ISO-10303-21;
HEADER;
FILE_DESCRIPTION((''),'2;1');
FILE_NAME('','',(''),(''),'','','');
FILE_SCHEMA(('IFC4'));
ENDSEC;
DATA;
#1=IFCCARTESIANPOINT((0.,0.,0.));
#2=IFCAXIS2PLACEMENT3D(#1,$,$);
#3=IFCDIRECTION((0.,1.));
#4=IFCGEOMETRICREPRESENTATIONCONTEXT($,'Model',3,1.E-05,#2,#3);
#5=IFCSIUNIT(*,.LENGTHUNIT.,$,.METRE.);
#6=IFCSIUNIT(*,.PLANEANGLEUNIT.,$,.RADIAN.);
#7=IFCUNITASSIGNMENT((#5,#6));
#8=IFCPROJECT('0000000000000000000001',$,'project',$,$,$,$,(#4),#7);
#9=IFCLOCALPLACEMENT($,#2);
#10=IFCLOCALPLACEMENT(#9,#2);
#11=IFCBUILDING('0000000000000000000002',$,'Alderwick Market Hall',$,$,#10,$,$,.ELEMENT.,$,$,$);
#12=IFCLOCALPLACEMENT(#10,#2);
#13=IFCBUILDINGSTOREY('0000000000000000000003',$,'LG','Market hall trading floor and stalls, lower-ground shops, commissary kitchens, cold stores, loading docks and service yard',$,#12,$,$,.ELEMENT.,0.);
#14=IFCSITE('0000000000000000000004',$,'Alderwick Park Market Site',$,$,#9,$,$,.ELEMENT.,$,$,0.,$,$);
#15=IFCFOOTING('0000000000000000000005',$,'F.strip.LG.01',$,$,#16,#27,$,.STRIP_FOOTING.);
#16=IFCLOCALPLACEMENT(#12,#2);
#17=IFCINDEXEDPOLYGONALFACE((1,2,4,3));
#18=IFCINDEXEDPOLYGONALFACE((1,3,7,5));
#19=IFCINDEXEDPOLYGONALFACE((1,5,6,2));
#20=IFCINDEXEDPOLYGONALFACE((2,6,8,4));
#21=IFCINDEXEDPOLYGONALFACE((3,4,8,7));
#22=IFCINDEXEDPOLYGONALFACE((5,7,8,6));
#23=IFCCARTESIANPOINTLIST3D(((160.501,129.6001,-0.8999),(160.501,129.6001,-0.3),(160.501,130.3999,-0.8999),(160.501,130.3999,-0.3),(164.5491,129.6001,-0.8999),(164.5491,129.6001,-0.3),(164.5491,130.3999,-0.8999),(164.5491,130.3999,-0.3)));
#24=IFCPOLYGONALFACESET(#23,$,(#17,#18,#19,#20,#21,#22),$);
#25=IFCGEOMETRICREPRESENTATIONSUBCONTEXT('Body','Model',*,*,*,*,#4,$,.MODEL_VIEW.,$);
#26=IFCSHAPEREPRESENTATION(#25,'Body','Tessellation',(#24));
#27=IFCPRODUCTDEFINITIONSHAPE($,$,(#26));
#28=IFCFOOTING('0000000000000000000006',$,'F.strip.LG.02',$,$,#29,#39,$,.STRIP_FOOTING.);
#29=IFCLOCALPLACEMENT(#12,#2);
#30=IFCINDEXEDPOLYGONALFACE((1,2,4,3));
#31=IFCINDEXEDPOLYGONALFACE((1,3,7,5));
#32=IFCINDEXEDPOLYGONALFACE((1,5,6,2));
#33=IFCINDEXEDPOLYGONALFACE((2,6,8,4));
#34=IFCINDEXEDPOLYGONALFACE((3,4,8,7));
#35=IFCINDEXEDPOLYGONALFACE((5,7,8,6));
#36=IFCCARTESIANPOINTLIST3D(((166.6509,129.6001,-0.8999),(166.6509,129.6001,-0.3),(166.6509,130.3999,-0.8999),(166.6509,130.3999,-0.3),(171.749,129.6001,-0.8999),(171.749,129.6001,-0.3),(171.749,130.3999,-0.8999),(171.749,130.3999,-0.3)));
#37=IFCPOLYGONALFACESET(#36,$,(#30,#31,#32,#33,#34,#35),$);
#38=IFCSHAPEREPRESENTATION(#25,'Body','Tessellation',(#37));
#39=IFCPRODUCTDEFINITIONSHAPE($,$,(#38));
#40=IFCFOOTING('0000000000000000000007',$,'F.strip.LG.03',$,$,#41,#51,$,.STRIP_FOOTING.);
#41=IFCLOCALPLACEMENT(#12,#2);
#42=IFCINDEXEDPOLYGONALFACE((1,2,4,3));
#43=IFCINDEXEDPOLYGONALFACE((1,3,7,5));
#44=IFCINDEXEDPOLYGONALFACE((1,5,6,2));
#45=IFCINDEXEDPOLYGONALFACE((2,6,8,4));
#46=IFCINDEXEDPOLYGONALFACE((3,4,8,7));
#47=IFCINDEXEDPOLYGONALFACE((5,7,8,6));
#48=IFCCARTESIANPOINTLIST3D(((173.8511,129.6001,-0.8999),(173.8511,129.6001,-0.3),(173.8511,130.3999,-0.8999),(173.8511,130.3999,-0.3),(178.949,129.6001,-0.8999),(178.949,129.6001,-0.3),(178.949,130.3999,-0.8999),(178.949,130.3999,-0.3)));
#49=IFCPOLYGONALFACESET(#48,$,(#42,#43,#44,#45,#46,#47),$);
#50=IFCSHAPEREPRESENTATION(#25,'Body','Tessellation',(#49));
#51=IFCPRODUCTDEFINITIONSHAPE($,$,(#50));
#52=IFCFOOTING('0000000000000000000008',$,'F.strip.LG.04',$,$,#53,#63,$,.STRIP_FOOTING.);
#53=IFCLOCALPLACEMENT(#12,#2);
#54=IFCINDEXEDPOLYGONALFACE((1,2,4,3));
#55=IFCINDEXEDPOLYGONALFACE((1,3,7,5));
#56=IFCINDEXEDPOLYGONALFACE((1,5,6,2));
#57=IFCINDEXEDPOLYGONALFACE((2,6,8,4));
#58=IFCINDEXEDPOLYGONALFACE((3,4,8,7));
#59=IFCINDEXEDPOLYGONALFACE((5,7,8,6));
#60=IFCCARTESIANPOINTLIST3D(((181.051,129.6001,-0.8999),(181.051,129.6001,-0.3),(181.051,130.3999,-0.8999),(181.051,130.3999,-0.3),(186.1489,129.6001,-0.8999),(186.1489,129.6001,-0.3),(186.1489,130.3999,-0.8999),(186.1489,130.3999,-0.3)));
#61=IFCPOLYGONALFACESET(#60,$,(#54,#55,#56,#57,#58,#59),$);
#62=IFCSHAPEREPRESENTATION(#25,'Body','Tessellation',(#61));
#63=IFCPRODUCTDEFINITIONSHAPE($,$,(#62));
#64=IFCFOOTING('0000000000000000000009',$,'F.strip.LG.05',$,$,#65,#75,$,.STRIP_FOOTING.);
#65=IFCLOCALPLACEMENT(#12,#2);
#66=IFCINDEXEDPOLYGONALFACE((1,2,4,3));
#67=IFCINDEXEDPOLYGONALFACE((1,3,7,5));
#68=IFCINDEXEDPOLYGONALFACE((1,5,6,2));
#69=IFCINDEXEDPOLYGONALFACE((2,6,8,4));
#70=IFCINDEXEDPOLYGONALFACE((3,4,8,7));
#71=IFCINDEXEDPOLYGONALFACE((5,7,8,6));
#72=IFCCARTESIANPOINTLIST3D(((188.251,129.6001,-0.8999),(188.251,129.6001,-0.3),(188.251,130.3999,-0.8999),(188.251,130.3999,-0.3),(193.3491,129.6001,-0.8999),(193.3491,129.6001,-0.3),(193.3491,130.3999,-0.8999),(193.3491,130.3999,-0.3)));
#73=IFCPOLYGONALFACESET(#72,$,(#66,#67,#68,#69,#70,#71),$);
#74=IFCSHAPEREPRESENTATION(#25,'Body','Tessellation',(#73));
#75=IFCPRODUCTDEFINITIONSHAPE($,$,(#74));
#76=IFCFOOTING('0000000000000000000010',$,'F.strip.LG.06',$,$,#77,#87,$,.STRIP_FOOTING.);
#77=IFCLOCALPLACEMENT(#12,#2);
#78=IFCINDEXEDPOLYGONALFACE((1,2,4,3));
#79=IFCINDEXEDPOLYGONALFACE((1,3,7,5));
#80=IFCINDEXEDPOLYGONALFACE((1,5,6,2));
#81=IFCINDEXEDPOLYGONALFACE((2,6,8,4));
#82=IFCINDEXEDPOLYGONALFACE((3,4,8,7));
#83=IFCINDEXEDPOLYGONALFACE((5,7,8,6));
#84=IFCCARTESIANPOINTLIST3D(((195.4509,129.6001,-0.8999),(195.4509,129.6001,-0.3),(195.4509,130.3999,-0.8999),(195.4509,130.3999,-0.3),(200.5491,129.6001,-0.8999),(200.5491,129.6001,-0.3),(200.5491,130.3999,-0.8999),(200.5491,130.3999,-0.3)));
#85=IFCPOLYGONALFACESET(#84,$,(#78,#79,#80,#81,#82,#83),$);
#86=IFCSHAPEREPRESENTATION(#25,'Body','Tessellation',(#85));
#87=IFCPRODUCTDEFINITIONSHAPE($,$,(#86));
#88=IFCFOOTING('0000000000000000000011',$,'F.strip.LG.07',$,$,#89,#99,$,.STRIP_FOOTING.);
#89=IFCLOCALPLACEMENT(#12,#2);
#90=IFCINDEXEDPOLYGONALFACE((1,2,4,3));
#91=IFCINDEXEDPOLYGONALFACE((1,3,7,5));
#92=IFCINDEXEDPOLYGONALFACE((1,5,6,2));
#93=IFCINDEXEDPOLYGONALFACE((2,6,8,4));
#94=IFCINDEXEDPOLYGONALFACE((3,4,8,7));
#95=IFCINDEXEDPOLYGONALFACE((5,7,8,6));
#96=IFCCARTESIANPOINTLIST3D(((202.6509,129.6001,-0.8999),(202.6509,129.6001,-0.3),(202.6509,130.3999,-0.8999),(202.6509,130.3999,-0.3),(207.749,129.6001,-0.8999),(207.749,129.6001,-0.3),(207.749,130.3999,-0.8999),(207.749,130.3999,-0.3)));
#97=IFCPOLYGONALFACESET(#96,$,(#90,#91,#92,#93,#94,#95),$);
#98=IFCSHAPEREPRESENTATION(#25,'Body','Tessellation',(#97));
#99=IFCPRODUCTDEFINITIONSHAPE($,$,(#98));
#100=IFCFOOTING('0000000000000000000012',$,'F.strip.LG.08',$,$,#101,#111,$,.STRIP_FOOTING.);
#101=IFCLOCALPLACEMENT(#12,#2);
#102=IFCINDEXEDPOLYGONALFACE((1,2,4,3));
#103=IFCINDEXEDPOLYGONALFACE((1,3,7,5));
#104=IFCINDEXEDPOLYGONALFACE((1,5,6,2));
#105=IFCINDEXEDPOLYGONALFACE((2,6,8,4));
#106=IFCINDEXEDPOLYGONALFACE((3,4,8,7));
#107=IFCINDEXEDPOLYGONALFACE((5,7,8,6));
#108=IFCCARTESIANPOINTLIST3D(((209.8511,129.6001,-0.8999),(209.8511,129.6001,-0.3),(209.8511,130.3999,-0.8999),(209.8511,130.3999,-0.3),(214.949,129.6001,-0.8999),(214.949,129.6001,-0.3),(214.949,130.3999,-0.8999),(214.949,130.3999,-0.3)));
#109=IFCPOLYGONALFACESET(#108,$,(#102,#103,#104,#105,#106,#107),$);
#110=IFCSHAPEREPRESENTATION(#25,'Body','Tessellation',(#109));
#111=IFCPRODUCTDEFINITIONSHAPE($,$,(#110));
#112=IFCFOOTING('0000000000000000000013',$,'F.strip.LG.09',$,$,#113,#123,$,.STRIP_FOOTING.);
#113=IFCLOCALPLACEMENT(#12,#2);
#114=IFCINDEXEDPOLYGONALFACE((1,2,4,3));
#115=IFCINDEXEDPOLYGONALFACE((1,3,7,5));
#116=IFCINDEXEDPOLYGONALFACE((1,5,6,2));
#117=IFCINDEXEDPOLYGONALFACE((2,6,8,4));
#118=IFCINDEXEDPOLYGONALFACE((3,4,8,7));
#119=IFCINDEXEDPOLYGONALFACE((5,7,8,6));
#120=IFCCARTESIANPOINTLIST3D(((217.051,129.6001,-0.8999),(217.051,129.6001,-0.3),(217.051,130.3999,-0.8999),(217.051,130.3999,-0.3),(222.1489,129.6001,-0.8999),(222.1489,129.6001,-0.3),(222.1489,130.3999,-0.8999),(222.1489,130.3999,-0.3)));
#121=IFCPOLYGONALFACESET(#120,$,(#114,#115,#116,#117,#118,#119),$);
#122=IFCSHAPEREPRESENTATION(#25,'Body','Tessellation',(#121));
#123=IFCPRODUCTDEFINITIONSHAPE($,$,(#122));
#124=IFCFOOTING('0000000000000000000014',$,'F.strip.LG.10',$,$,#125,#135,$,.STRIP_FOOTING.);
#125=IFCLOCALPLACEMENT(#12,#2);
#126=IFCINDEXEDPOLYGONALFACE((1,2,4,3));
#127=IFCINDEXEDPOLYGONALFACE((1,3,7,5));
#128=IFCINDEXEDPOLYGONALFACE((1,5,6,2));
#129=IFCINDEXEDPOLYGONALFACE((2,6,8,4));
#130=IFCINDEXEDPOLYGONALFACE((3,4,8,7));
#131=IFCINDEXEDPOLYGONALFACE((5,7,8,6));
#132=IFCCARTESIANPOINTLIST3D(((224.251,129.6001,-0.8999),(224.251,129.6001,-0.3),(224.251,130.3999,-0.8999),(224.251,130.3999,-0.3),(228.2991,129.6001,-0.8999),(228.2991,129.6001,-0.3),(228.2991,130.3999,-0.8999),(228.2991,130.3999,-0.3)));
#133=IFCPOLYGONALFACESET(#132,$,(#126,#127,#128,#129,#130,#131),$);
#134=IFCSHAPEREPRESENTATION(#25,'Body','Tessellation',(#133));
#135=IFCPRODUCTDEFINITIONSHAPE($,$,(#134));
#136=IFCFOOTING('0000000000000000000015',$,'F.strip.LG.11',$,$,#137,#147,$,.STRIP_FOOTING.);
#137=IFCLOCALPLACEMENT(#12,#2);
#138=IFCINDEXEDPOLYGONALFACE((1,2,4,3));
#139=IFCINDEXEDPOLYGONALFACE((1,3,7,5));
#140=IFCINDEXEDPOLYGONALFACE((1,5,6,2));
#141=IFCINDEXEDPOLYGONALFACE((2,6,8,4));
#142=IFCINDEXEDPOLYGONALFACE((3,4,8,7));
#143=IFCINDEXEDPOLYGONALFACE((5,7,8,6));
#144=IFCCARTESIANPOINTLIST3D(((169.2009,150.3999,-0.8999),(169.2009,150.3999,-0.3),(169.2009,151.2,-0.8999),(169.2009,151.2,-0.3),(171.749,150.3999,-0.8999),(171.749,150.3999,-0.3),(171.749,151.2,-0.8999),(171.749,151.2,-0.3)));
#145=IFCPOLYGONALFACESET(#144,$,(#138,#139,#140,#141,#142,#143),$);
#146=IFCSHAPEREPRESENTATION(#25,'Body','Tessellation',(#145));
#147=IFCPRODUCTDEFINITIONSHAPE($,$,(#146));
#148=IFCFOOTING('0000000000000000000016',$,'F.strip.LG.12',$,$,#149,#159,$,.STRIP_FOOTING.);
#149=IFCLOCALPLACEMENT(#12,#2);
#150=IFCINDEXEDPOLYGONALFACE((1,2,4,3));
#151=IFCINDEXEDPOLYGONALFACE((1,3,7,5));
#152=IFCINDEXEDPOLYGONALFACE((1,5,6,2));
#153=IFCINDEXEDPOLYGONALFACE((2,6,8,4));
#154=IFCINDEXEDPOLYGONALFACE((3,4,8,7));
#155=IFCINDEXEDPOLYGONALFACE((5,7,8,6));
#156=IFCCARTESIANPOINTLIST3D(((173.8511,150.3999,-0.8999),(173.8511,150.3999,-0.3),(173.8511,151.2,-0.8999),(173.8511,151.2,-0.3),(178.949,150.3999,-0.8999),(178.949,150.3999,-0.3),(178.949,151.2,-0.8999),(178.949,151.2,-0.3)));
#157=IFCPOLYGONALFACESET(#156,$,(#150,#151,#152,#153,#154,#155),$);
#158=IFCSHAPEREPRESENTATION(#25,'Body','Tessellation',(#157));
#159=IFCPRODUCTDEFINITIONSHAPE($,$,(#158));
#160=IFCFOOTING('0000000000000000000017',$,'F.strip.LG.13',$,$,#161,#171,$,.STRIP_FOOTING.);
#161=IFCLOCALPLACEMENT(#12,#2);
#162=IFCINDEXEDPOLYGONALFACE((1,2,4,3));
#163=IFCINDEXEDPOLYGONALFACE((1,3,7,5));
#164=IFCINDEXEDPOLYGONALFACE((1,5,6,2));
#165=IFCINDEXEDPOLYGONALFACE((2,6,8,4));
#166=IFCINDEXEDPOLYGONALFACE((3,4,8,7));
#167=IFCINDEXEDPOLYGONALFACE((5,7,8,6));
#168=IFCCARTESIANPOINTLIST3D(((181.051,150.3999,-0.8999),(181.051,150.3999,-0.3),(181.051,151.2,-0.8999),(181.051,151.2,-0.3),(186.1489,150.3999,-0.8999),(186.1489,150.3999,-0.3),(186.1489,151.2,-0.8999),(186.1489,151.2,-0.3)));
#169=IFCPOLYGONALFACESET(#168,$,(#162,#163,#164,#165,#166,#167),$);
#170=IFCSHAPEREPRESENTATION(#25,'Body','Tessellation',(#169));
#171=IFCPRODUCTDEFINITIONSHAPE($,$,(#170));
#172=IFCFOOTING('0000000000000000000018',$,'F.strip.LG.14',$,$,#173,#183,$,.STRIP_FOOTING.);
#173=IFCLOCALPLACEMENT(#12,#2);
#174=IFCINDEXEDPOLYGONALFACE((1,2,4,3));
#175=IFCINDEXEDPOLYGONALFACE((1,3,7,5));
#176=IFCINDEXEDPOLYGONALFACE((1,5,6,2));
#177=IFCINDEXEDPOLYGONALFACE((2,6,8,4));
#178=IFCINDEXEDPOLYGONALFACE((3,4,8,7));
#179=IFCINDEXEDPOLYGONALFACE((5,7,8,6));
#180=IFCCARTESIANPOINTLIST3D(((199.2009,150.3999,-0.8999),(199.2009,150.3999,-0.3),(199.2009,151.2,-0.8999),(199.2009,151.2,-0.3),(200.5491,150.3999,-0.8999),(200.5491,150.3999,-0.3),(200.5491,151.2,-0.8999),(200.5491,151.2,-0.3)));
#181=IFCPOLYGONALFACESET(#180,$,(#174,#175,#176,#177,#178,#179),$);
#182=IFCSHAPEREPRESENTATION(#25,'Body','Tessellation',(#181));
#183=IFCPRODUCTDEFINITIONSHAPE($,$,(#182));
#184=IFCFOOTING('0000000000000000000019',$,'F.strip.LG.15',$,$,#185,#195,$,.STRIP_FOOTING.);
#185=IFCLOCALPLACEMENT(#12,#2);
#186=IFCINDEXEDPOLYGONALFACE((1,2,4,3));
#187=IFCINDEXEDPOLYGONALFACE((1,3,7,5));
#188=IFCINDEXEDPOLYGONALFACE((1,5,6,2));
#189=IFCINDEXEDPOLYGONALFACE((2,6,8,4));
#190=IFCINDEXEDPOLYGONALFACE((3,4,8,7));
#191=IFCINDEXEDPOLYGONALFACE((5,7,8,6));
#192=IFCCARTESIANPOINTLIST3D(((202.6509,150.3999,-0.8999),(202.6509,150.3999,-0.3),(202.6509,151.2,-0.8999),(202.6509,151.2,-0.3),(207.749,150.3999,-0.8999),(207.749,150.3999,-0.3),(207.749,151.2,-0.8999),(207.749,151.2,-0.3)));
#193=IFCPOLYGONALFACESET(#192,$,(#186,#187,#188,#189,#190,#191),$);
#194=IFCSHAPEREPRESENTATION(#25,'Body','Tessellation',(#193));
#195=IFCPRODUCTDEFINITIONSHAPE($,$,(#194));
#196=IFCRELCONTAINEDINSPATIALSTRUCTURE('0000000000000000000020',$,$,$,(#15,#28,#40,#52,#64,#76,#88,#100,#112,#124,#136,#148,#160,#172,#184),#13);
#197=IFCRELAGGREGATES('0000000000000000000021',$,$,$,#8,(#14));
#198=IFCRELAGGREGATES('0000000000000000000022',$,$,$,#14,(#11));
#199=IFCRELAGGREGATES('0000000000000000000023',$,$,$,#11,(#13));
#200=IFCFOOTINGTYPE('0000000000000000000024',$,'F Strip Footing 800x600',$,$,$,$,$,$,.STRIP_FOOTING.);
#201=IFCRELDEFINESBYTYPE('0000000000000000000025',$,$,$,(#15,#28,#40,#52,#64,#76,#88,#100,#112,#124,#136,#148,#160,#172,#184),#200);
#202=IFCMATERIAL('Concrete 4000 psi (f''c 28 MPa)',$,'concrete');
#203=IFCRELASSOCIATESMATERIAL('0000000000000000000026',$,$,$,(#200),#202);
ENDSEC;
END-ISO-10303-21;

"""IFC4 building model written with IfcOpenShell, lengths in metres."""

from ifc_helpers import new_model, si_unit, direction, frame, origin, place, context, subcontext, project, spatial, polyline, outline, extrude, material, type_object, element, save


model = new_model("IFC4")

# Units and contexts
model_context = context("Model", 3, precision=1e-05, world=origin(), true_north=direction((0.0, 1.0)))
body_context = subcontext(model_context, "Body", "Model", "MODEL_VIEW")
ifc_project = project(units=[si_unit("LENGTHUNIT", "METRE"), si_unit("PLANEANGLEUNIT", "RADIAN")], contexts=[model_context])

# Site, building, storey
site_placement = place(None, origin())
site = spatial("IfcSite", under=ifc_project, at=site_placement, Name="Alderwick Park Market Site", CompositionType="ELEMENT", RefElevation=0.0)
building_placement = place(site_placement, origin())
building = spatial("IfcBuilding", under=site, at=building_placement, Name="Alderwick Market Hall", CompositionType="ELEMENT")
storey_placement = place(building_placement, origin())
storey = spatial("IfcBuildingStorey", under=building, at=storey_placement, Name="LG", Description="Market hall trading floor and stalls, lower-ground shops, commissary kitchens, cold stores, loading docks and service yard", CompositionType="ELEMENT", Elevation=0.0)

# Footings
ifc_material = material(Name="Concrete 4000 psi (f'c 28 MPa)", Category="concrete")
footing_type_1 = type_object("IfcFootingType", Name="F Strip Footing 800x600", PredefinedType="STRIP_FOOTING", material=ifc_material)
footing_1_placement = place(storey_placement, frame((0.0, 0.0, -0.8999)))
element("IfcFooting", 1, at=footing_1_placement, inside=storey, type_object=footing_type_1, Name="F.strip.LG.01", PredefinedType="STRIP_FOOTING", context=body_context, shape_type="SweptSolid", body=[
    extrude(outline(polyline([(160.501, 129.6001), (164.5491, 129.6001), (164.5491, 130.3999), (160.501, 130.3999), (160.501, 129.6001)])), origin(), (0.0, 0.0, 1.0), 0.5999),
])
footing_2_placement = place(storey_placement, frame((0.0, 0.0, -0.8999)))
element("IfcFooting", 2, at=footing_2_placement, inside=storey, type_object=footing_type_1, Name="F.strip.LG.02", PredefinedType="STRIP_FOOTING", context=body_context, shape_type="SweptSolid", body=[
    extrude(outline(polyline([(166.6509, 129.6001), (171.749, 129.6001), (171.749, 130.3999), (166.6509, 130.3999), (166.6509, 129.6001)])), origin(), (0.0, 0.0, 1.0), 0.5999),
])
footing_3_placement = place(storey_placement, frame((0.0, 0.0, -0.8999)))
element("IfcFooting", 3, at=footing_3_placement, inside=storey, type_object=footing_type_1, Name="F.strip.LG.03", PredefinedType="STRIP_FOOTING", context=body_context, shape_type="SweptSolid", body=[
    extrude(outline(polyline([(173.8511, 129.6001), (178.949, 129.6001), (178.949, 130.3999), (173.8511, 130.3999), (173.8511, 129.6001)])), origin(), (0.0, 0.0, 1.0), 0.5999),
])
footing_4_placement = place(storey_placement, frame((0.0, 0.0, -0.8999)))
element("IfcFooting", 4, at=footing_4_placement, inside=storey, type_object=footing_type_1, Name="F.strip.LG.04", PredefinedType="STRIP_FOOTING", context=body_context, shape_type="SweptSolid", body=[
    extrude(outline(polyline([(181.051, 129.6001), (186.1489, 129.6001), (186.1489, 130.3999), (181.051, 130.3999), (181.051, 129.6001)])), origin(), (0.0, 0.0, 1.0), 0.5999),
])
footing_5_placement = place(storey_placement, frame((0.0, 0.0, -0.8999)))
element("IfcFooting", 5, at=footing_5_placement, inside=storey, type_object=footing_type_1, Name="F.strip.LG.05", PredefinedType="STRIP_FOOTING", context=body_context, shape_type="SweptSolid", body=[
    extrude(outline(polyline([(188.251, 129.6001), (193.3491, 129.6001), (193.3491, 130.3999), (188.251, 130.3999), (188.251, 129.6001)])), origin(), (0.0, 0.0, 1.0), 0.5999),
])
footing_6_placement = place(storey_placement, frame((0.0, 0.0, -0.8999)))
element("IfcFooting", 6, at=footing_6_placement, inside=storey, type_object=footing_type_1, Name="F.strip.LG.06", PredefinedType="STRIP_FOOTING", context=body_context, shape_type="SweptSolid", body=[
    extrude(outline(polyline([(195.4509, 129.6001), (200.5491, 129.6001), (200.5491, 130.3999), (195.4509, 130.3999), (195.4509, 129.6001)])), origin(), (0.0, 0.0, 1.0), 0.5999),
])
footing_7_placement = place(storey_placement, frame((0.0, 0.0, -0.8999)))
element("IfcFooting", 7, at=footing_7_placement, inside=storey, type_object=footing_type_1, Name="F.strip.LG.07", PredefinedType="STRIP_FOOTING", context=body_context, shape_type="SweptSolid", body=[
    extrude(outline(polyline([(202.6509, 129.6001), (207.749, 129.6001), (207.749, 130.3999), (202.6509, 130.3999), (202.6509, 129.6001)])), origin(), (0.0, 0.0, 1.0), 0.5999),
])
footing_8_placement = place(storey_placement, frame((0.0, 0.0, -0.8999)))
element("IfcFooting", 8, at=footing_8_placement, inside=storey, type_object=footing_type_1, Name="F.strip.LG.08", PredefinedType="STRIP_FOOTING", context=body_context, shape_type="SweptSolid", body=[
    extrude(outline(polyline([(209.8511, 129.6001), (214.949, 129.6001), (214.949, 130.3999), (209.8511, 130.3999), (209.8511, 129.6001)])), origin(), (0.0, 0.0, 1.0), 0.5999),
])
footing_9_placement = place(storey_placement, frame((0.0, 0.0, -0.8999)))
element("IfcFooting", 9, at=footing_9_placement, inside=storey, type_object=footing_type_1, Name="F.strip.LG.09", PredefinedType="STRIP_FOOTING", context=body_context, shape_type="SweptSolid", body=[
    extrude(outline(polyline([(217.051, 129.6001), (222.1489, 129.6001), (222.1489, 130.3999), (217.051, 130.3999), (217.051, 129.6001)])), origin(), (0.0, 0.0, 1.0), 0.5999),
])
footing_10_placement = place(storey_placement, frame((0.0, 0.0, -0.8999)))
element("IfcFooting", 10, at=footing_10_placement, inside=storey, type_object=footing_type_1, Name="F.strip.LG.10", PredefinedType="STRIP_FOOTING", context=body_context, shape_type="SweptSolid", body=[
    extrude(outline(polyline([(224.251, 129.6001), (228.2991, 129.6001), (228.2991, 130.3999), (224.251, 130.3999), (224.251, 129.6001)])), origin(), (0.0, 0.0, 1.0), 0.5999),
])
footing_11_placement = place(storey_placement, frame((0.0, 0.0, -0.8999)))
element("IfcFooting", 11, at=footing_11_placement, inside=storey, type_object=footing_type_1, Name="F.strip.LG.11", PredefinedType="STRIP_FOOTING", context=body_context, shape_type="SweptSolid", body=[
    extrude(outline(polyline([(169.2009, 150.3999), (171.749, 150.3999), (171.749, 151.2), (169.2009, 151.2), (169.2009, 150.3999)])), origin(), (0.0, 0.0, 1.0), 0.5999),
])
footing_12_placement = place(storey_placement, frame((0.0, 0.0, -0.8999)))
element("IfcFooting", 12, at=footing_12_placement, inside=storey, type_object=footing_type_1, Name="F.strip.LG.12", PredefinedType="STRIP_FOOTING", context=body_context, shape_type="SweptSolid", body=[
    extrude(outline(polyline([(173.8511, 150.3999), (178.949, 150.3999), (178.949, 151.2), (173.8511, 151.2), (173.8511, 150.3999)])), origin(), (0.0, 0.0, 1.0), 0.5999),
])
footing_13_placement = place(storey_placement, frame((0.0, 0.0, -0.8999)))
element("IfcFooting", 13, at=footing_13_placement, inside=storey, type_object=footing_type_1, Name="F.strip.LG.13", PredefinedType="STRIP_FOOTING", context=body_context, shape_type="SweptSolid", body=[
    extrude(outline(polyline([(181.051, 150.3999), (186.1489, 150.3999), (186.1489, 151.2), (181.051, 151.2), (181.051, 150.3999)])), origin(), (0.0, 0.0, 1.0), 0.5999),
])
footing_14_placement = place(storey_placement, frame((0.0, 0.0, -0.8999)))
element("IfcFooting", 14, at=footing_14_placement, inside=storey, type_object=footing_type_1, Name="F.strip.LG.14", PredefinedType="STRIP_FOOTING", context=body_context, shape_type="SweptSolid", body=[
    extrude(outline(polyline([(199.2009, 150.3999), (200.5491, 150.3999), (200.5491, 151.2), (199.2009, 151.2), (199.2009, 150.3999)])), origin(), (0.0, 0.0, 1.0), 0.5999),
])
footing_15_placement = place(storey_placement, frame((0.0, 0.0, -0.8999)))
element("IfcFooting", 15, at=footing_15_placement, inside=storey, type_object=footing_type_1, Name="F.strip.LG.15", PredefinedType="STRIP_FOOTING", context=body_context, shape_type="SweptSolid", body=[
    extrude(outline(polyline([(202.6509, 150.3999), (207.749, 150.3999), (207.749, 151.2), (202.6509, 151.2), (202.6509, 150.3999)])), origin(), (0.0, 0.0, 1.0), 0.5999),
])

save(model, "model.ifc")
